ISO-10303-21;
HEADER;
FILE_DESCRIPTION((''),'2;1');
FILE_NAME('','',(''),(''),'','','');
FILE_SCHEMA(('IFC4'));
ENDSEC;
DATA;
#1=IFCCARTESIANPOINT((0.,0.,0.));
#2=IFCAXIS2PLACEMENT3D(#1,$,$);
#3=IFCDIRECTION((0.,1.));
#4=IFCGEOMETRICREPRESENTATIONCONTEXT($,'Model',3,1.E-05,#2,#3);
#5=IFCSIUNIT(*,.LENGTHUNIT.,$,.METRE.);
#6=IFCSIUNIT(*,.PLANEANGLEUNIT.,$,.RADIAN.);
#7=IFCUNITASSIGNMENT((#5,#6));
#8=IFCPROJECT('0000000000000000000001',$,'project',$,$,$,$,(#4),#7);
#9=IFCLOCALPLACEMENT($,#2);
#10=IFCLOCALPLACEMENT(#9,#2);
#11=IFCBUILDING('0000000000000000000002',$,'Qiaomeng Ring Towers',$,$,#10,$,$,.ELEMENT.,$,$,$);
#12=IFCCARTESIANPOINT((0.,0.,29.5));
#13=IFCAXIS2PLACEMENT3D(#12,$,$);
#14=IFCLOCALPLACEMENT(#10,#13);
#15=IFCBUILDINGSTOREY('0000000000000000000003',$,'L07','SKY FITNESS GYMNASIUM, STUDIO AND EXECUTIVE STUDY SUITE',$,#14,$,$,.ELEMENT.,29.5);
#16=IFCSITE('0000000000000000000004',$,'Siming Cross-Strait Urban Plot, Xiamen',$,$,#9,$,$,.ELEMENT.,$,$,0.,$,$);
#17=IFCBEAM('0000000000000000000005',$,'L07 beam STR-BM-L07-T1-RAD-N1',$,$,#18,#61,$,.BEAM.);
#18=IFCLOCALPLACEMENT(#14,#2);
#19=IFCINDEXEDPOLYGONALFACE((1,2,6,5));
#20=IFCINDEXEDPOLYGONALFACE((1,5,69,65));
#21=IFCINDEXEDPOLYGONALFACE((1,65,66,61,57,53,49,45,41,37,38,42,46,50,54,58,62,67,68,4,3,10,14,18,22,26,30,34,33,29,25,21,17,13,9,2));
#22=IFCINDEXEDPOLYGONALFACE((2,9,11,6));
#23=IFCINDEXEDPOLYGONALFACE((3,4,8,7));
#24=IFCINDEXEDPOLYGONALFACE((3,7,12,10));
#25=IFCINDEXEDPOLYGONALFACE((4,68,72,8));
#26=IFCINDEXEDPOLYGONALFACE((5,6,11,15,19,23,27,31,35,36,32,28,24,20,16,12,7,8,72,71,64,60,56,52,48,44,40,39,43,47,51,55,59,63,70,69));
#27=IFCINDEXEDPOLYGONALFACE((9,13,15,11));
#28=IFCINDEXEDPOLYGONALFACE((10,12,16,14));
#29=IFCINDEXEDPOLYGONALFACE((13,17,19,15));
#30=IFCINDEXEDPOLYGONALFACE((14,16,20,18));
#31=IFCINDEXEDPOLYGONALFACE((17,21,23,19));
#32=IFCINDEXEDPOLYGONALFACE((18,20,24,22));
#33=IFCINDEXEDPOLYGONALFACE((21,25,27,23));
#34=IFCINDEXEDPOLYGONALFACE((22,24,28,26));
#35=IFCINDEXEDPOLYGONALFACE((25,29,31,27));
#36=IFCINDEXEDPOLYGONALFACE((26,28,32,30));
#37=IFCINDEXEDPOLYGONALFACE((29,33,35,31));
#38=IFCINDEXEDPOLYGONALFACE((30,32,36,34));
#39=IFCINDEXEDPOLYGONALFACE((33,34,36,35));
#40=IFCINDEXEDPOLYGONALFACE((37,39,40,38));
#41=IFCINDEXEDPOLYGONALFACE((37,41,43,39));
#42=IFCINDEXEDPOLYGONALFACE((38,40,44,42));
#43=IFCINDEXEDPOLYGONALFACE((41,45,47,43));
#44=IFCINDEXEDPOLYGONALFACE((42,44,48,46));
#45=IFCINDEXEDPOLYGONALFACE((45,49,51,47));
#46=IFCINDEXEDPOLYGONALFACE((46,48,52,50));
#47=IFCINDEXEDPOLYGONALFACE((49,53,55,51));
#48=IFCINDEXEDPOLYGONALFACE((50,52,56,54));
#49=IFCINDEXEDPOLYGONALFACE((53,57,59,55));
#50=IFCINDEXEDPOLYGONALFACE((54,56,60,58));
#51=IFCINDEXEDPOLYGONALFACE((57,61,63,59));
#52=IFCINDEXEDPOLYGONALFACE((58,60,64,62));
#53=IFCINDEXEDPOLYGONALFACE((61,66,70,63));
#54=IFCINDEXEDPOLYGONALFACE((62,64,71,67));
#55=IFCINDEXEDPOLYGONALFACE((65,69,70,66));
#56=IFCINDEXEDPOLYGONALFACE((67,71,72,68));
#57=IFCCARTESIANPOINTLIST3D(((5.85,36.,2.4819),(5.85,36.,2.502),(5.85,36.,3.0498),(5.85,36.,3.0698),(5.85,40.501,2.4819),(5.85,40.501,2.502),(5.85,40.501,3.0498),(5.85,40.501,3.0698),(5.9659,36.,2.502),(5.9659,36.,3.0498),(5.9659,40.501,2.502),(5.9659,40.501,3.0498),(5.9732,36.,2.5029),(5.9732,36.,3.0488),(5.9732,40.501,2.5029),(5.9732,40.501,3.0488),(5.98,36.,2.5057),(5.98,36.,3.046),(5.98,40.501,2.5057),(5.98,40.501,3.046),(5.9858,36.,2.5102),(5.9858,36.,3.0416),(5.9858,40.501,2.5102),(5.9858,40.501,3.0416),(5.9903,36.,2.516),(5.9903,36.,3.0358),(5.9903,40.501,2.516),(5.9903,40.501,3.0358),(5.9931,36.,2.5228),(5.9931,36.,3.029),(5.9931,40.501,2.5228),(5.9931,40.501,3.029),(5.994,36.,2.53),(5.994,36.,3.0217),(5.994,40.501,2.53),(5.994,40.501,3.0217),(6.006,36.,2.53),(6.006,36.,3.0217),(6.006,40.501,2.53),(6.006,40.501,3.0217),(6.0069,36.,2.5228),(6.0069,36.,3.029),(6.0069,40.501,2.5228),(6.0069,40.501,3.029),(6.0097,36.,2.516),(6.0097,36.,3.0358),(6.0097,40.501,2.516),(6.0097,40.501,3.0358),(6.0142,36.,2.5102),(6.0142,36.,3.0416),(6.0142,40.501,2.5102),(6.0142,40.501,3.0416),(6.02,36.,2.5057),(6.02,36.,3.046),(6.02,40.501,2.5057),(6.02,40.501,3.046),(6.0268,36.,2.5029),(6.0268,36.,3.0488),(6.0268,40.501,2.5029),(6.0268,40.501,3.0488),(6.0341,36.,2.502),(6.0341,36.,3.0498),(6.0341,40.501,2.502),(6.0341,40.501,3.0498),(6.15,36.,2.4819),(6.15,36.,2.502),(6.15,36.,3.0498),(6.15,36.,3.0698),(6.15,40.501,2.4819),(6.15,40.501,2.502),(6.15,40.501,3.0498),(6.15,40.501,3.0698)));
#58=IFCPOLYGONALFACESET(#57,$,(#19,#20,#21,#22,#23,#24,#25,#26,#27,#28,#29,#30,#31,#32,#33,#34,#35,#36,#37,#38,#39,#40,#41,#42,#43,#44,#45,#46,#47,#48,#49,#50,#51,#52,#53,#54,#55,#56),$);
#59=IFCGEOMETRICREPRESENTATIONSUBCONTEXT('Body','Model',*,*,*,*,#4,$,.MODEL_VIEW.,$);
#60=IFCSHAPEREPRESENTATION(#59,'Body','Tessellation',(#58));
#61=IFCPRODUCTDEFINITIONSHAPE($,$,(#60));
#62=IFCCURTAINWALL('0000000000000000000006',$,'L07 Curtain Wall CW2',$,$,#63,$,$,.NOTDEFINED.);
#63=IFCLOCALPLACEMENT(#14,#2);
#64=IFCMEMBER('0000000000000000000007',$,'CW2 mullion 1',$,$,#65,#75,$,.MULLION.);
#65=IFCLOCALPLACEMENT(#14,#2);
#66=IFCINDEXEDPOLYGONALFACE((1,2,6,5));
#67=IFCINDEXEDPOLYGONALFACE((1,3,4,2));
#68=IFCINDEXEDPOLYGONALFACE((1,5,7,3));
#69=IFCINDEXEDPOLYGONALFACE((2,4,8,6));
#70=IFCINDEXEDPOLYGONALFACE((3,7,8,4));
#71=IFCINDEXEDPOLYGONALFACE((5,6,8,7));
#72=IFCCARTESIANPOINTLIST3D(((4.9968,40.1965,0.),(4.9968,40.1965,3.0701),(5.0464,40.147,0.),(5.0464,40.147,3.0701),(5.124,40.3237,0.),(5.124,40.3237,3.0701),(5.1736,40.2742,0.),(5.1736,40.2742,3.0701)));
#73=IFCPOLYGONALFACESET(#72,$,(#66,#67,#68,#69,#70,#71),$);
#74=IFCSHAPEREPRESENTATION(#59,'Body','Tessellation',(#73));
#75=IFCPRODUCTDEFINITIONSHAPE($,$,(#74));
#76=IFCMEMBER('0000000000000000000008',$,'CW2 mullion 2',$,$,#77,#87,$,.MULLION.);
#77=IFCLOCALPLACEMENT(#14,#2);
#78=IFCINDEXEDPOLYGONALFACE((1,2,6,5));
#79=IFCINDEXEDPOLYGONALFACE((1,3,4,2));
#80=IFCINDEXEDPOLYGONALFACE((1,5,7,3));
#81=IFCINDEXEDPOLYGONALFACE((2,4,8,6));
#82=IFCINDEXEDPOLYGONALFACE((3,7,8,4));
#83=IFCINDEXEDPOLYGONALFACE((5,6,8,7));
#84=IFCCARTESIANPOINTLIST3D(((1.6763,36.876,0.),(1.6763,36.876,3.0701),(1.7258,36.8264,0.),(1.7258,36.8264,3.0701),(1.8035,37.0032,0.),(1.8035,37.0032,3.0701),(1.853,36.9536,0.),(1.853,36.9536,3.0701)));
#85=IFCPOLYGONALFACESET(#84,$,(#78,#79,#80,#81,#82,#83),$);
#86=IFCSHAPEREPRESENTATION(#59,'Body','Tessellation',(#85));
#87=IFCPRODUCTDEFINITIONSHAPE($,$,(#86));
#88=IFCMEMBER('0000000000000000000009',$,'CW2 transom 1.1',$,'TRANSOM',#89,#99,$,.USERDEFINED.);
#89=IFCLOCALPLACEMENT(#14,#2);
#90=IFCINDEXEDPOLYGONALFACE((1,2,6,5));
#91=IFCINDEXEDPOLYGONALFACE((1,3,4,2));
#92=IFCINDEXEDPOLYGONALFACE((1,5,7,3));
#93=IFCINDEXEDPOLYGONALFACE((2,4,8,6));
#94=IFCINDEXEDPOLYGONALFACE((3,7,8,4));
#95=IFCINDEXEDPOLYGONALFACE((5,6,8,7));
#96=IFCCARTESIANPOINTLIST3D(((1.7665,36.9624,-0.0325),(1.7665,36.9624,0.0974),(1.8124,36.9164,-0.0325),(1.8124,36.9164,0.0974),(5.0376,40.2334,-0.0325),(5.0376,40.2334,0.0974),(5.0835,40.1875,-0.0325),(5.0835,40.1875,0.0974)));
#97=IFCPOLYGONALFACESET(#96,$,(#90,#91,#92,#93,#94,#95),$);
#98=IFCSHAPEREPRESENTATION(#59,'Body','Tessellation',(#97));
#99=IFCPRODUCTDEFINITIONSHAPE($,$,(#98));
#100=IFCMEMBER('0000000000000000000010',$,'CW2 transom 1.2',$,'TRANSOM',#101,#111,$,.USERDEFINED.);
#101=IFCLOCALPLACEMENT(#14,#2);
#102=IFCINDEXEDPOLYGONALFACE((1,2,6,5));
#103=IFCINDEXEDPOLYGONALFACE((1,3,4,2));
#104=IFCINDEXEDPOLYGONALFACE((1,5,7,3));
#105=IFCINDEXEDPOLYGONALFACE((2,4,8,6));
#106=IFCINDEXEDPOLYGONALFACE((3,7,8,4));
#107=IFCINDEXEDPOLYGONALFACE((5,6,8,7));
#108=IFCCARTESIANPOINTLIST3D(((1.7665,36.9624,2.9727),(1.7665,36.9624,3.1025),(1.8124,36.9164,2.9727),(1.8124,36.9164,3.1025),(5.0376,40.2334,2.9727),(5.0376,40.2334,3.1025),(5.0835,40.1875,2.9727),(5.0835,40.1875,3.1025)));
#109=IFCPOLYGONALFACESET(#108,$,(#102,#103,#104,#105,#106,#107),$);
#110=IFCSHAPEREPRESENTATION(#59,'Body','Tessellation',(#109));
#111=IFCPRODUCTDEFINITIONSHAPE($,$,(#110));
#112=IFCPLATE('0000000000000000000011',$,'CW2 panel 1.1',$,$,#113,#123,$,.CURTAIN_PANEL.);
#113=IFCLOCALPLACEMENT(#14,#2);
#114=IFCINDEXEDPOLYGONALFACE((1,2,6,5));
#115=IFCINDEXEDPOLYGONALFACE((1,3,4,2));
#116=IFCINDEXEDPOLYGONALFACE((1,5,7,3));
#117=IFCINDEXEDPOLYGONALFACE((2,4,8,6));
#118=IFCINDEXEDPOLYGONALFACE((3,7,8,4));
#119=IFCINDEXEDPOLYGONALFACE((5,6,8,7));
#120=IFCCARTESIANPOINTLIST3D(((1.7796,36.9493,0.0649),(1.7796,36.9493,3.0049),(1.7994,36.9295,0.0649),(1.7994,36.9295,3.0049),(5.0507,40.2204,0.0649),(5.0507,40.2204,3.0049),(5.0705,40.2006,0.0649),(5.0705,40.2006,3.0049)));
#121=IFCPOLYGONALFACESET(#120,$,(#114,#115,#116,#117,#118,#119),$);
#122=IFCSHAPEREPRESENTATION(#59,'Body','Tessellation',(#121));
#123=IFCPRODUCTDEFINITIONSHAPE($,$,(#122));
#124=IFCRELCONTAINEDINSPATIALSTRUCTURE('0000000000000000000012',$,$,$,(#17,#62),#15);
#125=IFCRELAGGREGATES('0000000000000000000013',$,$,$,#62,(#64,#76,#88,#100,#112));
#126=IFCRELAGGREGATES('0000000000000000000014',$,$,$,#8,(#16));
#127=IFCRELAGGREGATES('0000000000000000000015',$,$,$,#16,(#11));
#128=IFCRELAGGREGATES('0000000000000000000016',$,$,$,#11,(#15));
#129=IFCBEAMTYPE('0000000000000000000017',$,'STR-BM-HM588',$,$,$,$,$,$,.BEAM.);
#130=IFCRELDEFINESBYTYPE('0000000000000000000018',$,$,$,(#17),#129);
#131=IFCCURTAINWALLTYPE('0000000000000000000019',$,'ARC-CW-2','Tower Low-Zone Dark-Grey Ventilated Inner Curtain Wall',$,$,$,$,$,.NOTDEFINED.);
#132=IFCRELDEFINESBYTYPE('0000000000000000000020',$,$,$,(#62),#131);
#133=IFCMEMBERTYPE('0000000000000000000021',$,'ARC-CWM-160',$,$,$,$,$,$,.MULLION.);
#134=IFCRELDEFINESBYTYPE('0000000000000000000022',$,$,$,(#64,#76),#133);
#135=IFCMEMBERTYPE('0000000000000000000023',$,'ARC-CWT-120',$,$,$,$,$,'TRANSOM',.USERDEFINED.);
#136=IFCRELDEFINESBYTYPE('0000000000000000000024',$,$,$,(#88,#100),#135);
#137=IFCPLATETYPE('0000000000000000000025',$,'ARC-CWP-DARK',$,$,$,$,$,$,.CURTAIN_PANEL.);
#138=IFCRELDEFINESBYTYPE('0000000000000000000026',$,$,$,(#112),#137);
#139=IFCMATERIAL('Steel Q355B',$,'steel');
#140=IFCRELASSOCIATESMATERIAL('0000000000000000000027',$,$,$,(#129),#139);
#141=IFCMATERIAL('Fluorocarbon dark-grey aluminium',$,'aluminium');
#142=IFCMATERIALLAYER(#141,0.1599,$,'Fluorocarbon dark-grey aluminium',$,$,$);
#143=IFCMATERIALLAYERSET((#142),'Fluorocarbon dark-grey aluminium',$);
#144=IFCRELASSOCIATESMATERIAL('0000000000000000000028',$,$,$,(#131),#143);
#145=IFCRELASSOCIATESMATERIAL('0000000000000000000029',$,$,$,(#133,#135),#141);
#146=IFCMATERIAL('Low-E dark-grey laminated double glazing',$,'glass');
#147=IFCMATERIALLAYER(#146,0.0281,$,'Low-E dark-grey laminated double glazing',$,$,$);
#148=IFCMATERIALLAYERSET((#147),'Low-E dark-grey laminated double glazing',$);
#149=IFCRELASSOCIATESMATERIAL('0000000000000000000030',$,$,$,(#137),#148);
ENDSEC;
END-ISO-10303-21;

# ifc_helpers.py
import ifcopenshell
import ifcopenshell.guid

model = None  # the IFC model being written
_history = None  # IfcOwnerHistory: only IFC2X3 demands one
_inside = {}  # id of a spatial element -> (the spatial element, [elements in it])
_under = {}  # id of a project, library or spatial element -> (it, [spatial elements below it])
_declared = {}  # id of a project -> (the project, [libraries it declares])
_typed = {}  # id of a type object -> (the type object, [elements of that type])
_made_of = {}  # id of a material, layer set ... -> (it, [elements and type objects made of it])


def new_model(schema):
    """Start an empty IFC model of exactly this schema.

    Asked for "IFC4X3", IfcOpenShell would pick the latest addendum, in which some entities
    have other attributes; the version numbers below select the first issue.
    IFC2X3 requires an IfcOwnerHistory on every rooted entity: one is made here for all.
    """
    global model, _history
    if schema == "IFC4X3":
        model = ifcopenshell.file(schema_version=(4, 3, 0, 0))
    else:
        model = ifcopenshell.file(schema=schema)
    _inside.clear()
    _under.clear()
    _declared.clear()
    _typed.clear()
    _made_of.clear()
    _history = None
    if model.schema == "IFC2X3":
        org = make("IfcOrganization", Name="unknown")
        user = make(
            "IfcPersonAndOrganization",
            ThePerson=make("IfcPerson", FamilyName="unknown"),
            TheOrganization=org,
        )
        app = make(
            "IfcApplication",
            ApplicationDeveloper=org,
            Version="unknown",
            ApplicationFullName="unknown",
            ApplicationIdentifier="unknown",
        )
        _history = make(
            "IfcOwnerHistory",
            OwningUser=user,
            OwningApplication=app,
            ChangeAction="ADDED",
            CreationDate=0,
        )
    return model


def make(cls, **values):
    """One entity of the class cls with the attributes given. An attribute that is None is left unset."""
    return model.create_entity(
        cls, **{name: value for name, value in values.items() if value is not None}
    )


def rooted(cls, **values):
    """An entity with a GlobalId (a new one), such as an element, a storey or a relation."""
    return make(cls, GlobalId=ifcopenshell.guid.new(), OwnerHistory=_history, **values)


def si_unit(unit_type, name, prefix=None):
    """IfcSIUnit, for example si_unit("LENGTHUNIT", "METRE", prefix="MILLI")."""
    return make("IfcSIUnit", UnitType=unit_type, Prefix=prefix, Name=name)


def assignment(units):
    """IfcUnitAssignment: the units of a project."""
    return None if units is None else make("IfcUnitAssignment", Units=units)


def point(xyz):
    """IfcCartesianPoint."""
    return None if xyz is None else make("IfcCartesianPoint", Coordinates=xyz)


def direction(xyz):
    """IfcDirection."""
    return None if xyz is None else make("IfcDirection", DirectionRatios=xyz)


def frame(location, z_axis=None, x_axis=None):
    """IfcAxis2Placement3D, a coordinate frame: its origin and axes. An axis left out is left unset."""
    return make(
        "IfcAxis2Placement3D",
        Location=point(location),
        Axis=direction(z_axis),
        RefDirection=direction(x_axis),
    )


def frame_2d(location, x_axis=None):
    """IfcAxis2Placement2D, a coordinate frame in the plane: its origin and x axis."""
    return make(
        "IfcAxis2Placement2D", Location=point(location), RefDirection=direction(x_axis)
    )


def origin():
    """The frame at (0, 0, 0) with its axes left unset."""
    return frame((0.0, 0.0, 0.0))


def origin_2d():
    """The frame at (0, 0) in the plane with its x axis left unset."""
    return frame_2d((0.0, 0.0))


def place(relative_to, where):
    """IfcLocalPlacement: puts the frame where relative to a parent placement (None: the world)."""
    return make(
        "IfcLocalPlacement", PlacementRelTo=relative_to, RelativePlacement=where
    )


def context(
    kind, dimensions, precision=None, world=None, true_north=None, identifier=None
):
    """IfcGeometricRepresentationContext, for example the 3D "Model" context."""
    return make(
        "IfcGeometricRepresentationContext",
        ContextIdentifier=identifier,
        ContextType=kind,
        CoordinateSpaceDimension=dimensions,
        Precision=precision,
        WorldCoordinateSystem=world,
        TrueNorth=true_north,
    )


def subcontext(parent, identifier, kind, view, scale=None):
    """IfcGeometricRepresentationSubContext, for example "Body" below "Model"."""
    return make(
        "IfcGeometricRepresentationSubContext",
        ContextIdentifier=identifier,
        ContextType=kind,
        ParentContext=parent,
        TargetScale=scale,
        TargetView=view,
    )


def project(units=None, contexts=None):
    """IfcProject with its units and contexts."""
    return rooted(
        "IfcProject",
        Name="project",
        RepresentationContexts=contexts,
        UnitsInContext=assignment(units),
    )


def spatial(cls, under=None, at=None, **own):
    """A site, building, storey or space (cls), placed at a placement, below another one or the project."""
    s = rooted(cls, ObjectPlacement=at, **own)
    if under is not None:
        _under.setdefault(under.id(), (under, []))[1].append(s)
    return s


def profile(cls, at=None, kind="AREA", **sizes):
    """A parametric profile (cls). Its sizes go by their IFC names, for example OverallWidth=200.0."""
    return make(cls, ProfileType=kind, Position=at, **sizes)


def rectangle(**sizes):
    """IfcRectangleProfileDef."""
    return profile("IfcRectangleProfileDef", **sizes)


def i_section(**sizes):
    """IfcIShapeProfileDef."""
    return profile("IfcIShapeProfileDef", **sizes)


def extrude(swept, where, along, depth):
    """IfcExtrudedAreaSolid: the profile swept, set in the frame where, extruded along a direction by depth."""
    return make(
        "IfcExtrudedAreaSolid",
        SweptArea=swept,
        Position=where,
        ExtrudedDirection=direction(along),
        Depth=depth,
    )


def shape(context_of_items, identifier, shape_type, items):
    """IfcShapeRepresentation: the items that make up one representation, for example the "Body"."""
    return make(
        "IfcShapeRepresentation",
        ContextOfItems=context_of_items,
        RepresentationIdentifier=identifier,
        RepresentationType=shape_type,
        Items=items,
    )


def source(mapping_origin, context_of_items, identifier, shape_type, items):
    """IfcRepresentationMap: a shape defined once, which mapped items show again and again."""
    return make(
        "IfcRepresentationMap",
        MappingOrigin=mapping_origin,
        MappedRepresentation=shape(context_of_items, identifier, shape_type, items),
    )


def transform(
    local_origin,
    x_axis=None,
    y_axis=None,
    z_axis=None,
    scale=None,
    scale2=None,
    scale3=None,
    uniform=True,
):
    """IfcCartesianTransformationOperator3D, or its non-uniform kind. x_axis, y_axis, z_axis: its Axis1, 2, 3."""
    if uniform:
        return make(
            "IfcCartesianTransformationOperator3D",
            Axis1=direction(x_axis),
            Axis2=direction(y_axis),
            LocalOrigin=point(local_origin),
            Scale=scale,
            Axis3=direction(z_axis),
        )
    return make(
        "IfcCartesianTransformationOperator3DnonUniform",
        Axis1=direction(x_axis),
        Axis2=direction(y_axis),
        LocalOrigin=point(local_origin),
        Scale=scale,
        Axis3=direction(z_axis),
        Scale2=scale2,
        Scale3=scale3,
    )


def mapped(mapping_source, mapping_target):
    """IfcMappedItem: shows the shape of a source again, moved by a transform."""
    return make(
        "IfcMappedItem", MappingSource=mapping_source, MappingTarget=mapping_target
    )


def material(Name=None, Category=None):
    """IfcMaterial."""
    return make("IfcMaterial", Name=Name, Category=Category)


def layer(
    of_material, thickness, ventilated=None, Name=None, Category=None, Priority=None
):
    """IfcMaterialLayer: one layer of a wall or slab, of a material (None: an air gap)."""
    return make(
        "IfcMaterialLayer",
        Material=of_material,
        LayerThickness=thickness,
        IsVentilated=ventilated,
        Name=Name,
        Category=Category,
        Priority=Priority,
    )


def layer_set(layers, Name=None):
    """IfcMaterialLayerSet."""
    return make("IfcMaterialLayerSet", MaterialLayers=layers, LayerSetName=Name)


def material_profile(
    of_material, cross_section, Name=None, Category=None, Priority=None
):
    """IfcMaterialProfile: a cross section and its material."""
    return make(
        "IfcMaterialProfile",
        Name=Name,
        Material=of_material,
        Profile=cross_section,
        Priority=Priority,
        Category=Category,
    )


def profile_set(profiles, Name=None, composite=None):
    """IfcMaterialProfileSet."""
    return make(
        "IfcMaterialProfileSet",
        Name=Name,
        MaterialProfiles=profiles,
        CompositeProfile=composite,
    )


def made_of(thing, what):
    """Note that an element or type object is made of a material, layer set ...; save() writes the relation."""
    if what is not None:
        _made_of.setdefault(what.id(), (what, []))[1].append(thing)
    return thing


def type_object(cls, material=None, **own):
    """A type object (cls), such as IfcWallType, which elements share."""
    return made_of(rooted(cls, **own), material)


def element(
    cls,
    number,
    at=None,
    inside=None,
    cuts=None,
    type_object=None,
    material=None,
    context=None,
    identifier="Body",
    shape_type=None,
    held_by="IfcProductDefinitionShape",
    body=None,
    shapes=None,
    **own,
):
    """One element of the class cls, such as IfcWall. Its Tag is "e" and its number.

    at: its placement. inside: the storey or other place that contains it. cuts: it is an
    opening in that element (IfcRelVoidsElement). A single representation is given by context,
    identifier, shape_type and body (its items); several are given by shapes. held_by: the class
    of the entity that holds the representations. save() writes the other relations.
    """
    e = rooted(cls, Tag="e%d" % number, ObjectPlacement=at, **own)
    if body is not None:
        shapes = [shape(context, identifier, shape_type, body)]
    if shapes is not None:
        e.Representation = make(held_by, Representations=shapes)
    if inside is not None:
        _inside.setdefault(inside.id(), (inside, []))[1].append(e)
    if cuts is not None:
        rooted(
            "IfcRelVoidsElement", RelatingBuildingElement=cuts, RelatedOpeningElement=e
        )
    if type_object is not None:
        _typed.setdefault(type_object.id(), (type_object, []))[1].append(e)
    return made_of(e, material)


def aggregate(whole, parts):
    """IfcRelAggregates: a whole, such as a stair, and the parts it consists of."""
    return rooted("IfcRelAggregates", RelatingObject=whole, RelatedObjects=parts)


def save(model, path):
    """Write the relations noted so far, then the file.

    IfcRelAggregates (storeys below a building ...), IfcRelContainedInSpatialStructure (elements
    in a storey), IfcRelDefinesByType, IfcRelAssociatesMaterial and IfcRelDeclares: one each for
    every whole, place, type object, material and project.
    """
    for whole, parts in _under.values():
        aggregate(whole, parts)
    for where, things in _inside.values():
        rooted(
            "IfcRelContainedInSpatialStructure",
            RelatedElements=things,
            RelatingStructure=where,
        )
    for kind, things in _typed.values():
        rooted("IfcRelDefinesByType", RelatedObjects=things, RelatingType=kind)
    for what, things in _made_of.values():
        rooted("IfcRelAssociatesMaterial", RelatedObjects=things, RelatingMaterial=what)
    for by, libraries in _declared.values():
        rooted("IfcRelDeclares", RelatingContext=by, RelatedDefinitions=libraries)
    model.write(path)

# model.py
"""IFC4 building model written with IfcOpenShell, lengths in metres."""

from ifc_helpers import new_model, si_unit, direction, frame, origin, origin_2d, place, context, subcontext, project, spatial, rectangle, i_section, extrude, source, transform, mapped, material, layer, layer_set, material_profile, profile_set, type_object, element, aggregate, save


model = new_model("IFC4")

# Units and contexts
model_context = context("Model", 3, precision=1e-05, world=origin(), true_north=direction((0.0, 1.0)))
body_context = subcontext(model_context, "Body", "Model", "MODEL_VIEW")
ifc_project = project(units=[si_unit("LENGTHUNIT", "METRE"), si_unit("PLANEANGLEUNIT", "RADIAN")], contexts=[model_context])

# Site, building, storey
site_placement = place(None, origin())
site = spatial("IfcSite", under=ifc_project, at=site_placement, Name="Siming Cross-Strait Urban Plot, Xiamen", CompositionType="ELEMENT", RefElevation=0.0)
building_placement = place(site_placement, origin())
building = spatial("IfcBuilding", under=site, at=building_placement, Name="Qiaomeng Ring Towers", CompositionType="ELEMENT")
storey_placement = place(building_placement, frame((0.0, 0.0, 29.5)))
storey = spatial("IfcBuildingStorey", under=building, at=storey_placement, Name="L07", Description="SKY FITNESS GYMNASIUM, STUDIO AND EXECUTIVE STUDY SUITE", CompositionType="ELEMENT", Elevation=29.5)

# Beam
ifc_material_1 = material(Name="Steel Q355B", Category="steel")
ifc_material_profile_1 = material_profile(ifc_material_1, i_section(OverallWidth=0.3, OverallDepth=0.5879, WebThickness=0.012, FlangeThickness=0.02, FilletRadius=0.0281, at=origin_2d()), Name="HM 588x300x12x20")
ifc_profile_set_1 = profile_set([ifc_material_profile_1], Name="Steel Q355B")
beam_type_1 = type_object("IfcBeamType", Name="STR-BM-HM588", PredefinedType="BEAM", material=ifc_profile_set_1)
shared_shape_1 = source(origin(), body_context, "Body", "SweptSolid", [
    extrude(i_section(OverallWidth=0.3, OverallDepth=0.5879, WebThickness=0.012, FlangeThickness=0.02, FilletRadius=0.0281, at=origin_2d()), origin(), (0.0, 0.0, 1.0), 4.501),
])
beam_1_placement = place(storey_placement, frame((6.0, 40.501, 2.7759), z_axis=(0.0, -1.0, 0.0), x_axis=(1.0, 0.0, 0.0)))
element("IfcBeam", 1, at=beam_1_placement, inside=storey, type_object=beam_type_1, Name="L07 beam STR-BM-L07-T1-RAD-N1", PredefinedType="BEAM", context=body_context, shape_type="MappedRepresentation", body=[
    mapped(shared_shape_1, transform((0.0, 0.0, 0.0), x_axis=(1.0, 0.0, 0.0), y_axis=(0.0, 1.0, 0.0), z_axis=(0.0, 0.0, 1.0), scale=1.0)),
])

# Curtain wall, members, plate
ifc_material_2 = material(Name="Fluorocarbon dark-grey aluminium", Category="aluminium")
ifc_layer_1 = layer(ifc_material_2, 0.1599, Name="Fluorocarbon dark-grey aluminium")
ifc_layer_set_1 = layer_set([ifc_layer_1], Name="Fluorocarbon dark-grey aluminium")
curtain_wall_type = type_object("IfcCurtainWallType", Name="ARC-CW-2", Description="Tower Low-Zone Dark-Grey Ventilated Inner Curtain Wall", PredefinedType="NOTDEFINED", material=ifc_layer_set_1)
curtain_wall_placement = place(storey_placement, origin())
curtain_wall = element("IfcCurtainWall", 2, at=curtain_wall_placement, inside=storey, type_object=curtain_wall_type, Name="L07 Curtain Wall CW2", PredefinedType="NOTDEFINED")
ifc_material_profile_2 = material_profile(ifc_material_2, rectangle(XDim=0.0701, YDim=0.1799, at=origin_2d()), Name="ALU MULL 70x180")
ifc_profile_set_2 = profile_set([ifc_material_profile_2], Name="Fluorocarbon dark-grey aluminium")
member_type_1 = type_object("IfcMemberType", Name="ARC-CWM-160", PredefinedType="MULLION", material=ifc_profile_set_2)
shared_shape_2 = source(origin(), body_context, "Body", "SweptSolid", [
    extrude(rectangle(XDim=0.0701, YDim=0.1799, at=origin_2d()), origin(), (0.0, 0.0, 1.0), 3.0701),
])
member_1_placement = place(storey_placement, frame((5.0852, 40.2354, 0.0), z_axis=(0.0, 0.0, 1.0), x_axis=(0.707107, -0.707107, 0.0)))
member_1 = element("IfcMember", 3, at=member_1_placement, type_object=member_type_1, Name="CW2 mullion 1", PredefinedType="MULLION", context=body_context, shape_type="MappedRepresentation", body=[
    mapped(shared_shape_2, transform((0.0, 0.0, 0.0), x_axis=(1.0, 0.0, 0.0), y_axis=(0.0, 1.0, 0.0), z_axis=(0.0, 0.0, 1.0), scale=1.0)),
])
member_2_placement = place(storey_placement, frame((1.7646, 36.9148, 0.0), z_axis=(0.0, 0.0, 1.0), x_axis=(0.707107, -0.707107, 0.0)))
member_2 = element("IfcMember", 4, at=member_2_placement, type_object=member_type_1, Name="CW2 mullion 2", PredefinedType="MULLION", context=body_context, shape_type="MappedRepresentation", body=[
    mapped(shared_shape_2, transform((0.0, 0.0, 0.0), x_axis=(1.0, 0.0, 0.0), y_axis=(0.0, 1.0, 0.0), z_axis=(0.0, 0.0, 1.0), scale=1.0)),
])
ifc_material_profile_3 = material_profile(ifc_material_2, rectangle(XDim=0.0649, YDim=0.1299, at=origin_2d()), Name="ALU TRAN 65x130")
ifc_profile_set_3 = profile_set([ifc_material_profile_3], Name="Fluorocarbon dark-grey aluminium")
member_type_2 = type_object("IfcMemberType", Name="ARC-CWT-120", ElementType="TRANSOM", PredefinedType="USERDEFINED", material=ifc_profile_set_3)
shared_shape_3 = source(origin(), body_context, "Body", "SweptSolid", [
    extrude(rectangle(XDim=0.0649, YDim=0.1299, at=origin_2d()), origin(), (0.0, 0.0, 1.0), 4.626),
])
member_3_placement = place(storey_placement, frame((5.0605, 40.2104, 0.0325), z_axis=(-0.707107, -0.707107, 0.0), x_axis=(0.707107, -0.707107, 0.0)))
member_3 = element("IfcMember", 5, at=member_3_placement, type_object=member_type_2, Name="CW2 transom 1.1", ObjectType="TRANSOM", PredefinedType="USERDEFINED", context=body_context, shape_type="MappedRepresentation", body=[
    mapped(shared_shape_3, transform((0.0, 0.0, 0.0), x_axis=(1.0, 0.0, 0.0), y_axis=(0.0, 1.0, 0.0), z_axis=(0.0, 0.0, 1.0), scale=1.0)),
])
member_4_placement = place(storey_placement, frame((5.0605, 40.2104, 3.0376), z_axis=(-0.707107, -0.707107, 0.0), x_axis=(0.707107, -0.707107, 0.0)))
member_4 = element("IfcMember", 6, at=member_4_placement, type_object=member_type_2, Name="CW2 transom 1.2", ObjectType="TRANSOM", PredefinedType="USERDEFINED", context=body_context, shape_type="MappedRepresentation", body=[
    mapped(shared_shape_3, transform((0.0, 0.0, 0.0), x_axis=(1.0, 0.0, 0.0), y_axis=(0.0, 1.0, 0.0), z_axis=(0.0, 0.0, 1.0), scale=1.0)),
])
ifc_material_3 = material(Name="Low-E dark-grey laminated double glazing", Category="glass")
ifc_layer_2 = layer(ifc_material_3, 0.0281, Name="Low-E dark-grey laminated double glazing")
ifc_layer_set_2 = layer_set([ifc_layer_2], Name="Low-E dark-grey laminated double glazing")
plate_type = type_object("IfcPlateType", Name="ARC-CWP-DARK", PredefinedType="CURTAIN_PANEL", material=ifc_layer_set_2)
shared_shape_4 = source(origin(), body_context, "Body", "SweptSolid", [
    extrude(rectangle(XDim=4.626, YDim=0.0281, at=origin_2d()), origin(), (0.0, 0.0, 1.0), 2.9399),
])
plate_placement = place(storey_placement, frame((3.425, 38.575, 0.0649), z_axis=(0.0, 0.0, 1.0), x_axis=(-0.707107, -0.707107, 0.0)))
plate = element("IfcPlate", 7, at=plate_placement, type_object=plate_type, Name="CW2 panel 1.1", PredefinedType="CURTAIN_PANEL", context=body_context, shape_type="MappedRepresentation", body=[
    mapped(shared_shape_4, transform((0.0, 0.0, 0.0), x_axis=(1.0, 0.0, 0.0), y_axis=(0.0, 1.0, 0.0), z_axis=(0.0, 0.0, 1.0), scale=1.0)),
])
aggregate(curtain_wall, [member_1, member_2, member_3, member_4, plate])

save(model, "model.ifc")
